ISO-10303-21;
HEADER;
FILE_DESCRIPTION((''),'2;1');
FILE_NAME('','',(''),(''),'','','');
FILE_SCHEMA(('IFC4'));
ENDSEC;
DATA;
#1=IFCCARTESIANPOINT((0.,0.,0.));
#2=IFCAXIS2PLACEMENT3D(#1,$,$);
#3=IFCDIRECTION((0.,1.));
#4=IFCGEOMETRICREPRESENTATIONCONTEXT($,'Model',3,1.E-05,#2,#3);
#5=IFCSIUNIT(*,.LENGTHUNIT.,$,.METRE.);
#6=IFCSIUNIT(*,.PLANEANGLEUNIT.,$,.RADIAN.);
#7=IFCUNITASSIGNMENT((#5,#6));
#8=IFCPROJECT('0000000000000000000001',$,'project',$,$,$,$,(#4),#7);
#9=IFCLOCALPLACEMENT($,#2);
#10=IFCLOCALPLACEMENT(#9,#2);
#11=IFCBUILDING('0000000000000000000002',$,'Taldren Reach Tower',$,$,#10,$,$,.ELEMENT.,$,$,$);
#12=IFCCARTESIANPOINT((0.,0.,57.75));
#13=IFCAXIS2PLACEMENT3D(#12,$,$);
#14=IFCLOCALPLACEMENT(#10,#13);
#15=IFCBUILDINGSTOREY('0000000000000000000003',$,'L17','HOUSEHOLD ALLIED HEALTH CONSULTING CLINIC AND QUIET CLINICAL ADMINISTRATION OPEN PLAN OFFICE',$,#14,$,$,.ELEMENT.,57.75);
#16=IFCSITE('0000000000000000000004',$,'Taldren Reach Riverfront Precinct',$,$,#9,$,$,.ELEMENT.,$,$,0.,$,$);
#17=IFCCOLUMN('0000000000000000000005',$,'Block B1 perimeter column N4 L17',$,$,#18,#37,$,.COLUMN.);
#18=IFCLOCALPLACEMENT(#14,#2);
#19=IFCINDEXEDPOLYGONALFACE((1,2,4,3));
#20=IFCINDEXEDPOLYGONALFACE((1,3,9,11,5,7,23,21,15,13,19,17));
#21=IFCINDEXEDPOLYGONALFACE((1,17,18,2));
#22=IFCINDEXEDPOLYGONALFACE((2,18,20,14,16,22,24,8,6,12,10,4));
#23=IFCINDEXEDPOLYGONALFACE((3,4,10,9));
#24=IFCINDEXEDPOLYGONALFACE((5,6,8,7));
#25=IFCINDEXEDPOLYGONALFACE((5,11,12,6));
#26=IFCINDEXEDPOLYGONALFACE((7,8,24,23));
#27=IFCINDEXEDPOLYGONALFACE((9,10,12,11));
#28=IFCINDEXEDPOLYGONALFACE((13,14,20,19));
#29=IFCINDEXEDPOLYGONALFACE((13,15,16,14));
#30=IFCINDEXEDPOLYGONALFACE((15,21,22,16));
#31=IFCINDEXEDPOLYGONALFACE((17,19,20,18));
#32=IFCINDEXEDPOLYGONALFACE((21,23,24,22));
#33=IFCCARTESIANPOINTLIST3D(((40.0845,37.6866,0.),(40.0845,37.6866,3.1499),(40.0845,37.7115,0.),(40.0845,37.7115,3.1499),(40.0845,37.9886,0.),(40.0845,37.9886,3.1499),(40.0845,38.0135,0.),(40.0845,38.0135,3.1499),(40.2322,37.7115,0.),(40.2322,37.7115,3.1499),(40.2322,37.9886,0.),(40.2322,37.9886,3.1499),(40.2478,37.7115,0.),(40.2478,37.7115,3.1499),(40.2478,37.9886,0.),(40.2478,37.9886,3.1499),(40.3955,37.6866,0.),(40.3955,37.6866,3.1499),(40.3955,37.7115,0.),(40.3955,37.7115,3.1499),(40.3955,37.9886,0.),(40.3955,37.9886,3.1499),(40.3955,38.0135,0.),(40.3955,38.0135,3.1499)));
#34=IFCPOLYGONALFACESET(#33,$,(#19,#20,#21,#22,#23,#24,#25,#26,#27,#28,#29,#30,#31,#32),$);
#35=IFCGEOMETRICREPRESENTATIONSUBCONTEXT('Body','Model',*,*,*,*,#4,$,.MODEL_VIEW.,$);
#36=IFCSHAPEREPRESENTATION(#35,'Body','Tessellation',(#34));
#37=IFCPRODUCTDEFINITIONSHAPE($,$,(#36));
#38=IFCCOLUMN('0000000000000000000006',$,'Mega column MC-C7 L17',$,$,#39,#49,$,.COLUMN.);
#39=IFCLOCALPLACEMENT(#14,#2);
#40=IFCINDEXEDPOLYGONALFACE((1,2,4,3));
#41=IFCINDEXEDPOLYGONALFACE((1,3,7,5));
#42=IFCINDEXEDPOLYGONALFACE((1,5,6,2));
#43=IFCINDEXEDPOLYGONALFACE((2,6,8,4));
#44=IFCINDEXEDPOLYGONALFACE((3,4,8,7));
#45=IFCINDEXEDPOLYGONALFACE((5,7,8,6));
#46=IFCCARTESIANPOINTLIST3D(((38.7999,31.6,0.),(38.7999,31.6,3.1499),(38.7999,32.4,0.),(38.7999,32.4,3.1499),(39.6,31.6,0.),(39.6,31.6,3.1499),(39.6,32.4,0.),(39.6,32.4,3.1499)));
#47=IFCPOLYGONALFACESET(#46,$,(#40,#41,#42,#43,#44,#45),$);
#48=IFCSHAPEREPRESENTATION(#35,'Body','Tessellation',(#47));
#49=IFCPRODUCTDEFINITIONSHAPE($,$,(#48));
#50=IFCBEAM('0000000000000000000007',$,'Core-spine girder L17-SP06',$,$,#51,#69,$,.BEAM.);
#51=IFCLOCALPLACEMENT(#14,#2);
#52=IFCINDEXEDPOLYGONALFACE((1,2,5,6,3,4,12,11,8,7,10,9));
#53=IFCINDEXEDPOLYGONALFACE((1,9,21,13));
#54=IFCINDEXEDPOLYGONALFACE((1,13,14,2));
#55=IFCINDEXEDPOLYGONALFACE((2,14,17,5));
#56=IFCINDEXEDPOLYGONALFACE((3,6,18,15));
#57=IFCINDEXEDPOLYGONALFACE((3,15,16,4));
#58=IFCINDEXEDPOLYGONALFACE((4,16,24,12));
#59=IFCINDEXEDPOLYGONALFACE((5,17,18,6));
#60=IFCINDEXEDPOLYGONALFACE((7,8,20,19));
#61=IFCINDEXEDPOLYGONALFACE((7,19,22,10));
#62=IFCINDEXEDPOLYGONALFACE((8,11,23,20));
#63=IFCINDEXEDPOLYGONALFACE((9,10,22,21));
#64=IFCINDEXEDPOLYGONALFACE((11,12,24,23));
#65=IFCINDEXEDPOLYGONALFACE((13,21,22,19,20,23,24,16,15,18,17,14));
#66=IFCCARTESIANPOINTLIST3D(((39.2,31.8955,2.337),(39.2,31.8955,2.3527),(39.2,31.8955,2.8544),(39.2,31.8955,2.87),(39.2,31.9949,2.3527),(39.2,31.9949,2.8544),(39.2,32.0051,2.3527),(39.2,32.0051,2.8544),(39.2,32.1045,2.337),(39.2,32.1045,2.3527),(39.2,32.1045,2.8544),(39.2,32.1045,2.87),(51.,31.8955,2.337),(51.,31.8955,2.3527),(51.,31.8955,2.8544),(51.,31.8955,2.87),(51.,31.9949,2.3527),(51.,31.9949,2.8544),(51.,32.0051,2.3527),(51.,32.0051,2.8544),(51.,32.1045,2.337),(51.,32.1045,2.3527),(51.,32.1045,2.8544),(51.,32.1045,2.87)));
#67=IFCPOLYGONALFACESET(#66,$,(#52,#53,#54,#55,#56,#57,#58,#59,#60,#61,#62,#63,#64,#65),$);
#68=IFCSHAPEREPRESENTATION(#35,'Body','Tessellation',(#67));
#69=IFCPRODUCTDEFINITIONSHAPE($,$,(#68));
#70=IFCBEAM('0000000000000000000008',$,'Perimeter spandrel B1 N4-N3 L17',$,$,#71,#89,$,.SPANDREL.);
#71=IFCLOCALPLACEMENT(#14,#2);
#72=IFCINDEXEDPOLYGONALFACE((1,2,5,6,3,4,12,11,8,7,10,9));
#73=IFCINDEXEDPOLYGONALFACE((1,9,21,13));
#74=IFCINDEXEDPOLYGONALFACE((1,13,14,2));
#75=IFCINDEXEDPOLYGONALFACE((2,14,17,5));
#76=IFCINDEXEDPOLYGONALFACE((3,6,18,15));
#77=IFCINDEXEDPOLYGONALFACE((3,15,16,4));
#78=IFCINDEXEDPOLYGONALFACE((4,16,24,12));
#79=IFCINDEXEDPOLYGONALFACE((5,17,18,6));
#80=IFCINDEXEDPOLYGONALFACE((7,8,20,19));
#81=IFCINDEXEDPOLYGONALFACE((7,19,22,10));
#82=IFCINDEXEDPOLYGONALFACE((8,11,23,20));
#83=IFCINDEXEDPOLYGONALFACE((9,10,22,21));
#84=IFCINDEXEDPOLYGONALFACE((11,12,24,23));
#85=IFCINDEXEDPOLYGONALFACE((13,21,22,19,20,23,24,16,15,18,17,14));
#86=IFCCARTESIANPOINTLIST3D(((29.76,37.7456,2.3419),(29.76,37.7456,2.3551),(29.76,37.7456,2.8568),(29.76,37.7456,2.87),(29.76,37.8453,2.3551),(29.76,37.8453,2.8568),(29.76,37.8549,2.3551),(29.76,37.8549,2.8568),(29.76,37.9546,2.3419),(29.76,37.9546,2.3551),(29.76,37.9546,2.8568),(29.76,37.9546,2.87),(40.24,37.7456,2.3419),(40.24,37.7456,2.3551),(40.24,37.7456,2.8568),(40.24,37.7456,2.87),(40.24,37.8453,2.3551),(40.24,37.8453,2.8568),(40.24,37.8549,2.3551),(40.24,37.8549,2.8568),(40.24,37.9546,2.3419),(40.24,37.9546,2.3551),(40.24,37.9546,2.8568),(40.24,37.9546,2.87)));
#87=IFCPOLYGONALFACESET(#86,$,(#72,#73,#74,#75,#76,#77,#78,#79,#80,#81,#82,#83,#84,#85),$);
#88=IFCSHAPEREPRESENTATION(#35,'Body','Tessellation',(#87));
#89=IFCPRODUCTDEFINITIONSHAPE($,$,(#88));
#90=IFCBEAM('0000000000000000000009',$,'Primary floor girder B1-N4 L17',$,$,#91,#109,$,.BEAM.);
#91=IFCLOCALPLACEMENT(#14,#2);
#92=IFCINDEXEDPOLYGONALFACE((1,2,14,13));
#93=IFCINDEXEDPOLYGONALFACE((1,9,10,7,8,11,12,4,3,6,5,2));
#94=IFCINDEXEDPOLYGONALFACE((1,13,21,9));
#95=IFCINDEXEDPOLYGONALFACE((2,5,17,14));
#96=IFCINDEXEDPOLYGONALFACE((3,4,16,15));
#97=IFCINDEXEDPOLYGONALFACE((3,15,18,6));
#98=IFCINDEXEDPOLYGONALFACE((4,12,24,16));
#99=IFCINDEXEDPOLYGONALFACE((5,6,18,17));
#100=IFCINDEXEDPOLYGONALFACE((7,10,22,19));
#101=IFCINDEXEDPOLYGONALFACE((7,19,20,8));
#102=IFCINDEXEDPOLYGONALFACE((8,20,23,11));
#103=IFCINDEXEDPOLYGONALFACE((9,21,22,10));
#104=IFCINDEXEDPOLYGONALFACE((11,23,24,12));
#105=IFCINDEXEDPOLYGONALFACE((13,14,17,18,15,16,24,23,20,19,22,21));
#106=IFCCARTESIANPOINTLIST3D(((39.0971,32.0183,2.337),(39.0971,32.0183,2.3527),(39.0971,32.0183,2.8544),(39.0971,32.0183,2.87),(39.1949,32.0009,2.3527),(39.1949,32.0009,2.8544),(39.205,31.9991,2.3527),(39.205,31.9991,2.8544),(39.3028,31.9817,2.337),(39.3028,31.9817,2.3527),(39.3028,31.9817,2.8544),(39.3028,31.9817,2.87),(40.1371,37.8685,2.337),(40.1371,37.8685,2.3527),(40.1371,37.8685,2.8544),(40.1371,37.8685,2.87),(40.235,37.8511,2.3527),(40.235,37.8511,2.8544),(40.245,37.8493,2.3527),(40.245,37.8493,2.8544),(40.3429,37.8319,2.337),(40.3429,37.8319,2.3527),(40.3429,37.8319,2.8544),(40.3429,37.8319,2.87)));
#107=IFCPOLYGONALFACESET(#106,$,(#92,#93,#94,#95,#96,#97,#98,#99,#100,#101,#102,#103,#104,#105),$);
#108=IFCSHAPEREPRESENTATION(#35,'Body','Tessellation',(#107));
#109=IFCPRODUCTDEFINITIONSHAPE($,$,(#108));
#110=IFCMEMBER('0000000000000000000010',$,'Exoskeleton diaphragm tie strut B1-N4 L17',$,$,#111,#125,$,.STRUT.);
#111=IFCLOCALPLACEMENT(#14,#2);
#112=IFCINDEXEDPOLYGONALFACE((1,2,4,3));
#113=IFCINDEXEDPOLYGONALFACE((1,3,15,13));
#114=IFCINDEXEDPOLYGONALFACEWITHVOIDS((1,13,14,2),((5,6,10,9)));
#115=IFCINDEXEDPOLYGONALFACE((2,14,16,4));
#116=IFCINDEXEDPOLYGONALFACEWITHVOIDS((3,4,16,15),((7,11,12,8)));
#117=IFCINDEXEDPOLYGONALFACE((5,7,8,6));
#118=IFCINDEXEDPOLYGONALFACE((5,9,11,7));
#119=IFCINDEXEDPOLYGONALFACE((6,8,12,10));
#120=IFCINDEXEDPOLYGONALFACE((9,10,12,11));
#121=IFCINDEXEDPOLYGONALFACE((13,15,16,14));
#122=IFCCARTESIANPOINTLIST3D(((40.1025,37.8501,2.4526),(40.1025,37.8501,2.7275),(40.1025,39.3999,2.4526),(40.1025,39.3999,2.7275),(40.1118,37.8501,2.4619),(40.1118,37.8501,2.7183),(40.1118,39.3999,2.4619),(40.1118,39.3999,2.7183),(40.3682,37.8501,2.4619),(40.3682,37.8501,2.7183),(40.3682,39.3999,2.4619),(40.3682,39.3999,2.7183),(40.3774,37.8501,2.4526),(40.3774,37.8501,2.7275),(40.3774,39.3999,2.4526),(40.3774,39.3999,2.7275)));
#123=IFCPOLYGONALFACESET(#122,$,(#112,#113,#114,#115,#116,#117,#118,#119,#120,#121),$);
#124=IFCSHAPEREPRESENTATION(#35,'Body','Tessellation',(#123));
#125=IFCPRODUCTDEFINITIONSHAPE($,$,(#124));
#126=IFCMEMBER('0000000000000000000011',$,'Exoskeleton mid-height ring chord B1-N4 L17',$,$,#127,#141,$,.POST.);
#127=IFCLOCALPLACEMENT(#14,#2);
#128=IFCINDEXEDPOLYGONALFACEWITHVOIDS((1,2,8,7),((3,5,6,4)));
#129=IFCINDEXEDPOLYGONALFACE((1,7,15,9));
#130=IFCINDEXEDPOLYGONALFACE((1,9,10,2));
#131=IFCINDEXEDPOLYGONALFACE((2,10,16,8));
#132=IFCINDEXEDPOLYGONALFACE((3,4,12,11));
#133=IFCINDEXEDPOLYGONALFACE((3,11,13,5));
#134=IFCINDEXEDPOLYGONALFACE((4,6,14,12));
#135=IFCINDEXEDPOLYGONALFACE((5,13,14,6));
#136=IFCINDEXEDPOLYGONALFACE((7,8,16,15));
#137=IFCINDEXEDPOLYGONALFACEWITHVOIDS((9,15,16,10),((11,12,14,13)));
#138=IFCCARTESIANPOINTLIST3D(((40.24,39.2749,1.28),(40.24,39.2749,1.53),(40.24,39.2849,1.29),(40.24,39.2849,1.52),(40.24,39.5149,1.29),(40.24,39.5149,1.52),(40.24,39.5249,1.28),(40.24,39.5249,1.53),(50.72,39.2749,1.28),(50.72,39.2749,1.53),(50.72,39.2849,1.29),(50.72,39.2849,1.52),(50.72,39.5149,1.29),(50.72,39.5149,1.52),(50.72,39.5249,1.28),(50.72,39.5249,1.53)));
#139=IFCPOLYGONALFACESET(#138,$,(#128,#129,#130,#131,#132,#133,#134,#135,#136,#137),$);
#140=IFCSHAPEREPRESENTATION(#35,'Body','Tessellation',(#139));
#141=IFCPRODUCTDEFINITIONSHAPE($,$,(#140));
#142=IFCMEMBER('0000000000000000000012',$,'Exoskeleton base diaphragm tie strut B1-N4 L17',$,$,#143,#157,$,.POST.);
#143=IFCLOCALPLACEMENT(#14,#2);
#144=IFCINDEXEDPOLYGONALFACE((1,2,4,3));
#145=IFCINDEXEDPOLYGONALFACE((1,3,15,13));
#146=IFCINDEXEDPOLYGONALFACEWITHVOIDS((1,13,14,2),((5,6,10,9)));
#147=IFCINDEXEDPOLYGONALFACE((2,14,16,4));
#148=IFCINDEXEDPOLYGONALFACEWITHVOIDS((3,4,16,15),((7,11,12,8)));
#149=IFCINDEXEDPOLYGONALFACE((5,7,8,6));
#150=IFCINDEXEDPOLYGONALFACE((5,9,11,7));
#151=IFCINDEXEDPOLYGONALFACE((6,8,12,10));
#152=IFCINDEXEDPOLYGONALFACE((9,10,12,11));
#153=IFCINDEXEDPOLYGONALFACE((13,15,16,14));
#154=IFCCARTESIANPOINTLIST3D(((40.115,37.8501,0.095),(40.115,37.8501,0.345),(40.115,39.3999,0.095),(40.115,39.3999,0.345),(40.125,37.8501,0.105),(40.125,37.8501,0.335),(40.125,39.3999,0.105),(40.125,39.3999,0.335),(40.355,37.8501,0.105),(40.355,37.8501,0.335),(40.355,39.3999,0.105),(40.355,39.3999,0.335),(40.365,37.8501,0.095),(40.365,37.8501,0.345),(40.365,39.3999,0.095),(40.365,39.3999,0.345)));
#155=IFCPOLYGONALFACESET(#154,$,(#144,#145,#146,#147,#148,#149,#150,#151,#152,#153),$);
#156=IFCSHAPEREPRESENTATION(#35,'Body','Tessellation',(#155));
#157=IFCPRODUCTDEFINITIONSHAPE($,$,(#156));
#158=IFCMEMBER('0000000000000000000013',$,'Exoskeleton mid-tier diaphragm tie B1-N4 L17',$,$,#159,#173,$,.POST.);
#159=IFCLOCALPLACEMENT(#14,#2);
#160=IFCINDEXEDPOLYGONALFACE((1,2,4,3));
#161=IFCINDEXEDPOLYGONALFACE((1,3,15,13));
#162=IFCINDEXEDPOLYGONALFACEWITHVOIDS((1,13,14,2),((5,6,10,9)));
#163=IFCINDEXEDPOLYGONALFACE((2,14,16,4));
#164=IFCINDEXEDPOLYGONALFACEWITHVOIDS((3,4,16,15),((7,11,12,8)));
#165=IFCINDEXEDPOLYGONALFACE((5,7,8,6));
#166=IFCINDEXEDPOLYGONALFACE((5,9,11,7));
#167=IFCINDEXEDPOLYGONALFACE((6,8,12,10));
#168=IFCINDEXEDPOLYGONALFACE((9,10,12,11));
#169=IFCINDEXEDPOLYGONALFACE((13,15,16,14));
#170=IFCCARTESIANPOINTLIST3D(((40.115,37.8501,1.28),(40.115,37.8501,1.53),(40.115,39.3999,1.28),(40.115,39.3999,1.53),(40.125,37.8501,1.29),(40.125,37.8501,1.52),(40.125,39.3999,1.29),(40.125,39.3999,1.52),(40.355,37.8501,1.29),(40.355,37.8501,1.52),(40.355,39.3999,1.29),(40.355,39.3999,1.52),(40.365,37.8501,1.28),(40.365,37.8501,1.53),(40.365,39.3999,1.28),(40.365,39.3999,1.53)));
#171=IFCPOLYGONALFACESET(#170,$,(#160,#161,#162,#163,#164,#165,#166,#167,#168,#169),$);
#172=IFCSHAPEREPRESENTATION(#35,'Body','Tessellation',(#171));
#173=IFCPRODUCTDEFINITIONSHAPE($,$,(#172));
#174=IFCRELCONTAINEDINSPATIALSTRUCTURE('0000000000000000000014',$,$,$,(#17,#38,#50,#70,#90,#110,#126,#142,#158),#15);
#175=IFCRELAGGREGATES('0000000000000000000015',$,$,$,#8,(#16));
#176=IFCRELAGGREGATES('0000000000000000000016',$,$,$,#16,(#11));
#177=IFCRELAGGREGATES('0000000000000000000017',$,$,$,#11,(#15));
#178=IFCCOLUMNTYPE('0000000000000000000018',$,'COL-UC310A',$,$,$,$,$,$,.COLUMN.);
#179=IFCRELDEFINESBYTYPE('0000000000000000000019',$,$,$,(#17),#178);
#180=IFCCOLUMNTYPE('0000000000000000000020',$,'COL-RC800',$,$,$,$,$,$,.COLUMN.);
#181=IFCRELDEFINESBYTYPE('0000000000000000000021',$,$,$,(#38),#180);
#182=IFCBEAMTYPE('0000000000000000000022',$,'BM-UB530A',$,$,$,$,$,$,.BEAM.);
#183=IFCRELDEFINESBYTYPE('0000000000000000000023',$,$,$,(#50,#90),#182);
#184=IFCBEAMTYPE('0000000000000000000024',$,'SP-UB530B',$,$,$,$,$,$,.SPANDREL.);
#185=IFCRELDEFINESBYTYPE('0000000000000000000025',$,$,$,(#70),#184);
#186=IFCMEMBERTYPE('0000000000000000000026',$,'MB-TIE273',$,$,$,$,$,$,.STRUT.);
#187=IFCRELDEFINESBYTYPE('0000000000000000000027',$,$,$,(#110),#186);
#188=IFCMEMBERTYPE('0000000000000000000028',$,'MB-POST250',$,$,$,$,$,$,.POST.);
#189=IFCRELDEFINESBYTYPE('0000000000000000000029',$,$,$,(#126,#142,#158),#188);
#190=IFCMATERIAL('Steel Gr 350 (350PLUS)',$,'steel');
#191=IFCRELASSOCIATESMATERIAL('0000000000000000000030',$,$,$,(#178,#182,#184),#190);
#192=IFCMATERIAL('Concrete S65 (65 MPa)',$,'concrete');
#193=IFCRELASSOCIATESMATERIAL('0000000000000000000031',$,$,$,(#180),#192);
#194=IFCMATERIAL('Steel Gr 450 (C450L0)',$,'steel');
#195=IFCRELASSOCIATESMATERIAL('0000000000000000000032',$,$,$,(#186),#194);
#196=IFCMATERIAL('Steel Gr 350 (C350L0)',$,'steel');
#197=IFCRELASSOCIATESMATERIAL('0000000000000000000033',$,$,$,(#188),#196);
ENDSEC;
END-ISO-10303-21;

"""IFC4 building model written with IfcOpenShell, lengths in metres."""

from ifc_helpers import new_model, si_unit, direction, frame, origin, origin_2d, place, context, subcontext, project, spatial, rectangle, hollow_rectangle, i_section, extrude, source, transform, mapped, material, material_profile, profile_set, type_object, element, save


model = new_model("IFC4")

# Units and contexts
model_context = context("Model", 3, precision=1e-05, world=origin(), true_north=direction((0.0, 1.0)))
body_context = subcontext(model_context, "Body", "Model", "MODEL_VIEW")
ifc_project = project(units=[si_unit("LENGTHUNIT", "METRE"), si_unit("PLANEANGLEUNIT", "RADIAN")], contexts=[model_context])

# Site, building, storey
site_placement = place(None, origin())
site = spatial("IfcSite", under=ifc_project, at=site_placement, Name="Taldren Reach Riverfront Precinct", CompositionType="ELEMENT", RefElevation=0.0)
building_placement = place(site_placement, origin())
building = spatial("IfcBuilding", under=site, at=building_placement, Name="Taldren Reach Tower", CompositionType="ELEMENT")
storey_placement = place(building_placement, frame((0.0, 0.0, 57.75)))
storey = spatial("IfcBuildingStorey", under=building, at=storey_placement, Name="L17", Description="HOUSEHOLD ALLIED HEALTH CONSULTING CLINIC AND QUIET CLINICAL ADMINISTRATION OPEN PLAN OFFICE", CompositionType="ELEMENT", Elevation=57.75)

# Columns
ifc_material_1 = material(Name="Steel Gr 350 (350PLUS)", Category="steel")
ifc_material_profile_1 = material_profile(ifc_material_1, i_section(OverallWidth=0.311, OverallDepth=0.3269, WebThickness=0.0156, FlangeThickness=0.0249, at=origin_2d()), Name="310UC158")
ifc_profile_set_1 = profile_set([ifc_material_profile_1], Name="Steel Gr 350 (350PLUS)")
column_type_1 = type_object("IfcColumnType", Name="COL-UC310A", PredefinedType="COLUMN", material=ifc_profile_set_1)
shared_shape_1 = source(origin(), body_context, "Body", "SweptSolid", [
    extrude(i_section(OverallWidth=0.311, OverallDepth=0.3269, WebThickness=0.0156, FlangeThickness=0.0249, at=origin_2d()), origin(), (0.0, 0.0, 1.0), 3.1499),
])
column_1_placement = place(storey_placement, frame((40.24, 37.8501, 0.0), z_axis=(0.0, 0.0, 1.0), x_axis=(1.0, 0.0, 0.0)))
element("IfcColumn", 1, at=column_1_placement, inside=storey, type_object=column_type_1, Name="Block B1 perimeter column N4 L17", PredefinedType="COLUMN", context=body_context, shape_type="MappedRepresentation", body=[
    mapped(shared_shape_1, transform((0.0, 0.0, 0.0), scale=1.0)),
])
ifc_material_2 = material(Name="Concrete S65 (65 MPa)", Category="concrete")
ifc_material_profile_2 = material_profile(ifc_material_2, rectangle(XDim=0.8, YDim=0.8, at=origin_2d()), Name="RC-800x800")
ifc_profile_set_2 = profile_set([ifc_material_profile_2], Name="Concrete S65 (65 MPa)")
column_type_2 = type_object("IfcColumnType", Name="COL-RC800", PredefinedType="COLUMN", material=ifc_profile_set_2)
shared_shape_2 = source(origin(), body_context, "Body", "SweptSolid", [
    extrude(rectangle(XDim=0.8, YDim=0.8, at=origin_2d()), origin(), (0.0, 0.0, 1.0), 3.1499),
])
column_2_placement = place(storey_placement, frame((39.2, 32.0, 0.0), z_axis=(0.0, 0.0, 1.0), x_axis=(1.0, 0.0, 0.0)))
element("IfcColumn", 2, at=column_2_placement, inside=storey, type_object=column_type_2, Name="Mega column MC-C7 L17", PredefinedType="COLUMN", context=body_context, shape_type="MappedRepresentation", body=[
    mapped(shared_shape_2, transform((0.0, 0.0, 0.0), scale=1.0)),
])

# Beams
ifc_material_profile_3 = material_profile(ifc_material_1, i_section(OverallWidth=0.209, OverallDepth=0.533, WebThickness=0.0103, FlangeThickness=0.0156, at=origin_2d()), Name="530UB92.4")
ifc_profile_set_3 = profile_set([ifc_material_profile_3], Name="Steel Gr 350 (350PLUS)")
beam_type_1 = type_object("IfcBeamType", Name="BM-UB530A", PredefinedType="BEAM", material=ifc_profile_set_3)
shared_shape_3 = source(origin(), body_context, "Body", "SweptSolid", [
    extrude(i_section(OverallWidth=0.209, OverallDepth=0.533, WebThickness=0.0103, FlangeThickness=0.0156, at=origin_2d()), origin(), (0.0, 0.0, 1.0), 11.8),
])
beam_1_placement = place(storey_placement, frame((39.2, 32.0, 2.6035), z_axis=(1.0, 0.0, 0.0), x_axis=(0.0, 1.0, 0.0)))
element("IfcBeam", 3, at=beam_1_placement, inside=storey, type_object=beam_type_1, Name="Core-spine girder L17-SP06", PredefinedType="BEAM", context=body_context, shape_type="MappedRepresentation", body=[
    mapped(shared_shape_3, transform((0.0, 0.0, 0.0), scale=1.0)),
])
ifc_material_profile_4 = material_profile(ifc_material_1, i_section(OverallWidth=0.209, OverallDepth=0.5281, WebThickness=0.0095, FlangeThickness=0.0132, at=origin_2d()), Name="530UB82.0")
ifc_profile_set_4 = profile_set([ifc_material_profile_4], Name="Steel Gr 350 (350PLUS)")
beam_type_2 = type_object("IfcBeamType", Name="SP-UB530B", PredefinedType="SPANDREL", material=ifc_profile_set_4)
shared_shape_4 = source(origin(), body_context, "Body", "SweptSolid", [
    extrude(i_section(OverallWidth=0.209, OverallDepth=0.5281, WebThickness=0.0095, FlangeThickness=0.0132, at=origin_2d()), origin(), (0.0, 0.0, 1.0), 10.48),
])
beam_2_placement = place(storey_placement, frame((40.24, 37.8501, 2.606), z_axis=(-1.0, 0.0, 0.0), x_axis=(0.0, -1.0, 0.0)))
element("IfcBeam", 4, at=beam_2_placement, inside=storey, type_object=beam_type_2, Name="Perimeter spandrel B1 N4-N3 L17", PredefinedType="SPANDREL", context=body_context, shape_type="MappedRepresentation", body=[
    mapped(shared_shape_4, transform((0.0, 0.0, 0.0), scale=1.0)),
])
shared_shape_5 = source(origin(), body_context, "Body", "SweptSolid", [
    extrude(i_section(OverallWidth=0.209, OverallDepth=0.533, WebThickness=0.0103, FlangeThickness=0.0156, at=origin_2d()), origin(), (0.0, 0.0, 1.0), 5.9419),
])
beam_3_placement = place(storey_placement, frame((39.2, 32.0, 2.6035), z_axis=(0.175037, 0.984562, 0.0), x_axis=(-0.984562, 0.175037, 0.0)))
element("IfcBeam", 5, at=beam_3_placement, inside=storey, type_object=beam_type_1, Name="Primary floor girder B1-N4 L17", PredefinedType="BEAM", context=body_context, shape_type="MappedRepresentation", body=[
    mapped(shared_shape_5, transform((0.0, 0.0, 0.0), scale=1.0)),
])

# Members
ifc_material_3 = material(Name="Steel Gr 450 (C450L0)", Category="steel")
ifc_material_profile_5 = material_profile(ifc_material_3, hollow_rectangle(XDim=0.2749, YDim=0.2749, WallThickness=0.0093, at=origin_2d()), Name="275x275x9.3SHS")
ifc_profile_set_5 = profile_set([ifc_material_profile_5], Name="Steel Gr 450 (C450L0)")
member_type_1 = type_object("IfcMemberType", Name="MB-TIE273", PredefinedType="STRUT", material=ifc_profile_set_5)
shared_shape_6 = source(origin(), body_context, "Body", "SweptSolid", [
    extrude(hollow_rectangle(XDim=0.2749, YDim=0.2749, WallThickness=0.0093, at=origin_2d()), origin(), (0.0, 0.0, 1.0), 1.5498),
])
member_1_placement = place(storey_placement, frame((40.24, 37.8501, 2.5901), z_axis=(0.0, 1.0, 0.0), x_axis=(-1.0, 0.0, 0.0)))
element("IfcMember", 6, at=member_1_placement, inside=storey, type_object=member_type_1, Name="Exoskeleton diaphragm tie strut B1-N4 L17", PredefinedType="STRUT", context=body_context, shape_type="MappedRepresentation", body=[
    mapped(shared_shape_6, transform((0.0, 0.0, 0.0), scale=1.0)),
])
ifc_material_4 = material(Name="Steel Gr 350 (C350L0)", Category="steel")
ifc_material_profile_6 = material_profile(ifc_material_4, hollow_rectangle(XDim=0.25, YDim=0.25, WallThickness=0.01, at=origin_2d()), Name="250x250x10.0SHS")
ifc_profile_set_6 = profile_set([ifc_material_profile_6], Name="Steel Gr 350 (C350L0)")
member_type_2 = type_object("IfcMemberType", Name="MB-POST250", PredefinedType="POST", material=ifc_profile_set_6)
shared_shape_7 = source(origin(), body_context, "Body", "SweptSolid", [
    extrude(hollow_rectangle(XDim=0.25, YDim=0.25, WallThickness=0.01, at=origin_2d()), origin(), (0.0, 0.0, 1.0), 10.48),
])
member_2_placement = place(storey_placement, frame((40.24, 39.3999, 1.405), z_axis=(1.0, 0.0, 0.0), x_axis=(0.0, 1.0, 0.0)))
element("IfcMember", 7, at=member_2_placement, inside=storey, type_object=member_type_2, Name="Exoskeleton mid-height ring chord B1-N4 L17", PredefinedType="POST", context=body_context, shape_type="MappedRepresentation", body=[
    mapped(shared_shape_7, transform((0.0, 0.0, 0.0), scale=1.0)),
])
shared_shape_8 = source(origin(), body_context, "Body", "SweptSolid", [
    extrude(hollow_rectangle(XDim=0.25, YDim=0.25, WallThickness=0.01, at=origin_2d()), origin(), (0.0, 0.0, 1.0), 1.5498),
])
for number, where, z_axis, x_axis, name in (
    (8, (40.24, 37.8501, 0.22), (0.0, 1.0, 0.0), (-1.0, 0.0, 0.0), "Exoskeleton base diaphragm tie strut B1-N4 L17"),
    (9, (40.24, 37.8501, 1.405), (0.0, 1.0, 0.0), (-1.0, 0.0, 0.0), "Exoskeleton mid-tier diaphragm tie B1-N4 L17"),
):
    element("IfcMember", number, at=place(storey_placement, frame(where, z_axis=z_axis, x_axis=x_axis)), inside=storey, type_object=member_type_2, Name=name, PredefinedType="POST", context=body_context, shape_type="MappedRepresentation", body=[
        mapped(shared_shape_8, transform((0.0, 0.0, 0.0), scale=1.0)),
    ])

save(model, "model.ifc")
